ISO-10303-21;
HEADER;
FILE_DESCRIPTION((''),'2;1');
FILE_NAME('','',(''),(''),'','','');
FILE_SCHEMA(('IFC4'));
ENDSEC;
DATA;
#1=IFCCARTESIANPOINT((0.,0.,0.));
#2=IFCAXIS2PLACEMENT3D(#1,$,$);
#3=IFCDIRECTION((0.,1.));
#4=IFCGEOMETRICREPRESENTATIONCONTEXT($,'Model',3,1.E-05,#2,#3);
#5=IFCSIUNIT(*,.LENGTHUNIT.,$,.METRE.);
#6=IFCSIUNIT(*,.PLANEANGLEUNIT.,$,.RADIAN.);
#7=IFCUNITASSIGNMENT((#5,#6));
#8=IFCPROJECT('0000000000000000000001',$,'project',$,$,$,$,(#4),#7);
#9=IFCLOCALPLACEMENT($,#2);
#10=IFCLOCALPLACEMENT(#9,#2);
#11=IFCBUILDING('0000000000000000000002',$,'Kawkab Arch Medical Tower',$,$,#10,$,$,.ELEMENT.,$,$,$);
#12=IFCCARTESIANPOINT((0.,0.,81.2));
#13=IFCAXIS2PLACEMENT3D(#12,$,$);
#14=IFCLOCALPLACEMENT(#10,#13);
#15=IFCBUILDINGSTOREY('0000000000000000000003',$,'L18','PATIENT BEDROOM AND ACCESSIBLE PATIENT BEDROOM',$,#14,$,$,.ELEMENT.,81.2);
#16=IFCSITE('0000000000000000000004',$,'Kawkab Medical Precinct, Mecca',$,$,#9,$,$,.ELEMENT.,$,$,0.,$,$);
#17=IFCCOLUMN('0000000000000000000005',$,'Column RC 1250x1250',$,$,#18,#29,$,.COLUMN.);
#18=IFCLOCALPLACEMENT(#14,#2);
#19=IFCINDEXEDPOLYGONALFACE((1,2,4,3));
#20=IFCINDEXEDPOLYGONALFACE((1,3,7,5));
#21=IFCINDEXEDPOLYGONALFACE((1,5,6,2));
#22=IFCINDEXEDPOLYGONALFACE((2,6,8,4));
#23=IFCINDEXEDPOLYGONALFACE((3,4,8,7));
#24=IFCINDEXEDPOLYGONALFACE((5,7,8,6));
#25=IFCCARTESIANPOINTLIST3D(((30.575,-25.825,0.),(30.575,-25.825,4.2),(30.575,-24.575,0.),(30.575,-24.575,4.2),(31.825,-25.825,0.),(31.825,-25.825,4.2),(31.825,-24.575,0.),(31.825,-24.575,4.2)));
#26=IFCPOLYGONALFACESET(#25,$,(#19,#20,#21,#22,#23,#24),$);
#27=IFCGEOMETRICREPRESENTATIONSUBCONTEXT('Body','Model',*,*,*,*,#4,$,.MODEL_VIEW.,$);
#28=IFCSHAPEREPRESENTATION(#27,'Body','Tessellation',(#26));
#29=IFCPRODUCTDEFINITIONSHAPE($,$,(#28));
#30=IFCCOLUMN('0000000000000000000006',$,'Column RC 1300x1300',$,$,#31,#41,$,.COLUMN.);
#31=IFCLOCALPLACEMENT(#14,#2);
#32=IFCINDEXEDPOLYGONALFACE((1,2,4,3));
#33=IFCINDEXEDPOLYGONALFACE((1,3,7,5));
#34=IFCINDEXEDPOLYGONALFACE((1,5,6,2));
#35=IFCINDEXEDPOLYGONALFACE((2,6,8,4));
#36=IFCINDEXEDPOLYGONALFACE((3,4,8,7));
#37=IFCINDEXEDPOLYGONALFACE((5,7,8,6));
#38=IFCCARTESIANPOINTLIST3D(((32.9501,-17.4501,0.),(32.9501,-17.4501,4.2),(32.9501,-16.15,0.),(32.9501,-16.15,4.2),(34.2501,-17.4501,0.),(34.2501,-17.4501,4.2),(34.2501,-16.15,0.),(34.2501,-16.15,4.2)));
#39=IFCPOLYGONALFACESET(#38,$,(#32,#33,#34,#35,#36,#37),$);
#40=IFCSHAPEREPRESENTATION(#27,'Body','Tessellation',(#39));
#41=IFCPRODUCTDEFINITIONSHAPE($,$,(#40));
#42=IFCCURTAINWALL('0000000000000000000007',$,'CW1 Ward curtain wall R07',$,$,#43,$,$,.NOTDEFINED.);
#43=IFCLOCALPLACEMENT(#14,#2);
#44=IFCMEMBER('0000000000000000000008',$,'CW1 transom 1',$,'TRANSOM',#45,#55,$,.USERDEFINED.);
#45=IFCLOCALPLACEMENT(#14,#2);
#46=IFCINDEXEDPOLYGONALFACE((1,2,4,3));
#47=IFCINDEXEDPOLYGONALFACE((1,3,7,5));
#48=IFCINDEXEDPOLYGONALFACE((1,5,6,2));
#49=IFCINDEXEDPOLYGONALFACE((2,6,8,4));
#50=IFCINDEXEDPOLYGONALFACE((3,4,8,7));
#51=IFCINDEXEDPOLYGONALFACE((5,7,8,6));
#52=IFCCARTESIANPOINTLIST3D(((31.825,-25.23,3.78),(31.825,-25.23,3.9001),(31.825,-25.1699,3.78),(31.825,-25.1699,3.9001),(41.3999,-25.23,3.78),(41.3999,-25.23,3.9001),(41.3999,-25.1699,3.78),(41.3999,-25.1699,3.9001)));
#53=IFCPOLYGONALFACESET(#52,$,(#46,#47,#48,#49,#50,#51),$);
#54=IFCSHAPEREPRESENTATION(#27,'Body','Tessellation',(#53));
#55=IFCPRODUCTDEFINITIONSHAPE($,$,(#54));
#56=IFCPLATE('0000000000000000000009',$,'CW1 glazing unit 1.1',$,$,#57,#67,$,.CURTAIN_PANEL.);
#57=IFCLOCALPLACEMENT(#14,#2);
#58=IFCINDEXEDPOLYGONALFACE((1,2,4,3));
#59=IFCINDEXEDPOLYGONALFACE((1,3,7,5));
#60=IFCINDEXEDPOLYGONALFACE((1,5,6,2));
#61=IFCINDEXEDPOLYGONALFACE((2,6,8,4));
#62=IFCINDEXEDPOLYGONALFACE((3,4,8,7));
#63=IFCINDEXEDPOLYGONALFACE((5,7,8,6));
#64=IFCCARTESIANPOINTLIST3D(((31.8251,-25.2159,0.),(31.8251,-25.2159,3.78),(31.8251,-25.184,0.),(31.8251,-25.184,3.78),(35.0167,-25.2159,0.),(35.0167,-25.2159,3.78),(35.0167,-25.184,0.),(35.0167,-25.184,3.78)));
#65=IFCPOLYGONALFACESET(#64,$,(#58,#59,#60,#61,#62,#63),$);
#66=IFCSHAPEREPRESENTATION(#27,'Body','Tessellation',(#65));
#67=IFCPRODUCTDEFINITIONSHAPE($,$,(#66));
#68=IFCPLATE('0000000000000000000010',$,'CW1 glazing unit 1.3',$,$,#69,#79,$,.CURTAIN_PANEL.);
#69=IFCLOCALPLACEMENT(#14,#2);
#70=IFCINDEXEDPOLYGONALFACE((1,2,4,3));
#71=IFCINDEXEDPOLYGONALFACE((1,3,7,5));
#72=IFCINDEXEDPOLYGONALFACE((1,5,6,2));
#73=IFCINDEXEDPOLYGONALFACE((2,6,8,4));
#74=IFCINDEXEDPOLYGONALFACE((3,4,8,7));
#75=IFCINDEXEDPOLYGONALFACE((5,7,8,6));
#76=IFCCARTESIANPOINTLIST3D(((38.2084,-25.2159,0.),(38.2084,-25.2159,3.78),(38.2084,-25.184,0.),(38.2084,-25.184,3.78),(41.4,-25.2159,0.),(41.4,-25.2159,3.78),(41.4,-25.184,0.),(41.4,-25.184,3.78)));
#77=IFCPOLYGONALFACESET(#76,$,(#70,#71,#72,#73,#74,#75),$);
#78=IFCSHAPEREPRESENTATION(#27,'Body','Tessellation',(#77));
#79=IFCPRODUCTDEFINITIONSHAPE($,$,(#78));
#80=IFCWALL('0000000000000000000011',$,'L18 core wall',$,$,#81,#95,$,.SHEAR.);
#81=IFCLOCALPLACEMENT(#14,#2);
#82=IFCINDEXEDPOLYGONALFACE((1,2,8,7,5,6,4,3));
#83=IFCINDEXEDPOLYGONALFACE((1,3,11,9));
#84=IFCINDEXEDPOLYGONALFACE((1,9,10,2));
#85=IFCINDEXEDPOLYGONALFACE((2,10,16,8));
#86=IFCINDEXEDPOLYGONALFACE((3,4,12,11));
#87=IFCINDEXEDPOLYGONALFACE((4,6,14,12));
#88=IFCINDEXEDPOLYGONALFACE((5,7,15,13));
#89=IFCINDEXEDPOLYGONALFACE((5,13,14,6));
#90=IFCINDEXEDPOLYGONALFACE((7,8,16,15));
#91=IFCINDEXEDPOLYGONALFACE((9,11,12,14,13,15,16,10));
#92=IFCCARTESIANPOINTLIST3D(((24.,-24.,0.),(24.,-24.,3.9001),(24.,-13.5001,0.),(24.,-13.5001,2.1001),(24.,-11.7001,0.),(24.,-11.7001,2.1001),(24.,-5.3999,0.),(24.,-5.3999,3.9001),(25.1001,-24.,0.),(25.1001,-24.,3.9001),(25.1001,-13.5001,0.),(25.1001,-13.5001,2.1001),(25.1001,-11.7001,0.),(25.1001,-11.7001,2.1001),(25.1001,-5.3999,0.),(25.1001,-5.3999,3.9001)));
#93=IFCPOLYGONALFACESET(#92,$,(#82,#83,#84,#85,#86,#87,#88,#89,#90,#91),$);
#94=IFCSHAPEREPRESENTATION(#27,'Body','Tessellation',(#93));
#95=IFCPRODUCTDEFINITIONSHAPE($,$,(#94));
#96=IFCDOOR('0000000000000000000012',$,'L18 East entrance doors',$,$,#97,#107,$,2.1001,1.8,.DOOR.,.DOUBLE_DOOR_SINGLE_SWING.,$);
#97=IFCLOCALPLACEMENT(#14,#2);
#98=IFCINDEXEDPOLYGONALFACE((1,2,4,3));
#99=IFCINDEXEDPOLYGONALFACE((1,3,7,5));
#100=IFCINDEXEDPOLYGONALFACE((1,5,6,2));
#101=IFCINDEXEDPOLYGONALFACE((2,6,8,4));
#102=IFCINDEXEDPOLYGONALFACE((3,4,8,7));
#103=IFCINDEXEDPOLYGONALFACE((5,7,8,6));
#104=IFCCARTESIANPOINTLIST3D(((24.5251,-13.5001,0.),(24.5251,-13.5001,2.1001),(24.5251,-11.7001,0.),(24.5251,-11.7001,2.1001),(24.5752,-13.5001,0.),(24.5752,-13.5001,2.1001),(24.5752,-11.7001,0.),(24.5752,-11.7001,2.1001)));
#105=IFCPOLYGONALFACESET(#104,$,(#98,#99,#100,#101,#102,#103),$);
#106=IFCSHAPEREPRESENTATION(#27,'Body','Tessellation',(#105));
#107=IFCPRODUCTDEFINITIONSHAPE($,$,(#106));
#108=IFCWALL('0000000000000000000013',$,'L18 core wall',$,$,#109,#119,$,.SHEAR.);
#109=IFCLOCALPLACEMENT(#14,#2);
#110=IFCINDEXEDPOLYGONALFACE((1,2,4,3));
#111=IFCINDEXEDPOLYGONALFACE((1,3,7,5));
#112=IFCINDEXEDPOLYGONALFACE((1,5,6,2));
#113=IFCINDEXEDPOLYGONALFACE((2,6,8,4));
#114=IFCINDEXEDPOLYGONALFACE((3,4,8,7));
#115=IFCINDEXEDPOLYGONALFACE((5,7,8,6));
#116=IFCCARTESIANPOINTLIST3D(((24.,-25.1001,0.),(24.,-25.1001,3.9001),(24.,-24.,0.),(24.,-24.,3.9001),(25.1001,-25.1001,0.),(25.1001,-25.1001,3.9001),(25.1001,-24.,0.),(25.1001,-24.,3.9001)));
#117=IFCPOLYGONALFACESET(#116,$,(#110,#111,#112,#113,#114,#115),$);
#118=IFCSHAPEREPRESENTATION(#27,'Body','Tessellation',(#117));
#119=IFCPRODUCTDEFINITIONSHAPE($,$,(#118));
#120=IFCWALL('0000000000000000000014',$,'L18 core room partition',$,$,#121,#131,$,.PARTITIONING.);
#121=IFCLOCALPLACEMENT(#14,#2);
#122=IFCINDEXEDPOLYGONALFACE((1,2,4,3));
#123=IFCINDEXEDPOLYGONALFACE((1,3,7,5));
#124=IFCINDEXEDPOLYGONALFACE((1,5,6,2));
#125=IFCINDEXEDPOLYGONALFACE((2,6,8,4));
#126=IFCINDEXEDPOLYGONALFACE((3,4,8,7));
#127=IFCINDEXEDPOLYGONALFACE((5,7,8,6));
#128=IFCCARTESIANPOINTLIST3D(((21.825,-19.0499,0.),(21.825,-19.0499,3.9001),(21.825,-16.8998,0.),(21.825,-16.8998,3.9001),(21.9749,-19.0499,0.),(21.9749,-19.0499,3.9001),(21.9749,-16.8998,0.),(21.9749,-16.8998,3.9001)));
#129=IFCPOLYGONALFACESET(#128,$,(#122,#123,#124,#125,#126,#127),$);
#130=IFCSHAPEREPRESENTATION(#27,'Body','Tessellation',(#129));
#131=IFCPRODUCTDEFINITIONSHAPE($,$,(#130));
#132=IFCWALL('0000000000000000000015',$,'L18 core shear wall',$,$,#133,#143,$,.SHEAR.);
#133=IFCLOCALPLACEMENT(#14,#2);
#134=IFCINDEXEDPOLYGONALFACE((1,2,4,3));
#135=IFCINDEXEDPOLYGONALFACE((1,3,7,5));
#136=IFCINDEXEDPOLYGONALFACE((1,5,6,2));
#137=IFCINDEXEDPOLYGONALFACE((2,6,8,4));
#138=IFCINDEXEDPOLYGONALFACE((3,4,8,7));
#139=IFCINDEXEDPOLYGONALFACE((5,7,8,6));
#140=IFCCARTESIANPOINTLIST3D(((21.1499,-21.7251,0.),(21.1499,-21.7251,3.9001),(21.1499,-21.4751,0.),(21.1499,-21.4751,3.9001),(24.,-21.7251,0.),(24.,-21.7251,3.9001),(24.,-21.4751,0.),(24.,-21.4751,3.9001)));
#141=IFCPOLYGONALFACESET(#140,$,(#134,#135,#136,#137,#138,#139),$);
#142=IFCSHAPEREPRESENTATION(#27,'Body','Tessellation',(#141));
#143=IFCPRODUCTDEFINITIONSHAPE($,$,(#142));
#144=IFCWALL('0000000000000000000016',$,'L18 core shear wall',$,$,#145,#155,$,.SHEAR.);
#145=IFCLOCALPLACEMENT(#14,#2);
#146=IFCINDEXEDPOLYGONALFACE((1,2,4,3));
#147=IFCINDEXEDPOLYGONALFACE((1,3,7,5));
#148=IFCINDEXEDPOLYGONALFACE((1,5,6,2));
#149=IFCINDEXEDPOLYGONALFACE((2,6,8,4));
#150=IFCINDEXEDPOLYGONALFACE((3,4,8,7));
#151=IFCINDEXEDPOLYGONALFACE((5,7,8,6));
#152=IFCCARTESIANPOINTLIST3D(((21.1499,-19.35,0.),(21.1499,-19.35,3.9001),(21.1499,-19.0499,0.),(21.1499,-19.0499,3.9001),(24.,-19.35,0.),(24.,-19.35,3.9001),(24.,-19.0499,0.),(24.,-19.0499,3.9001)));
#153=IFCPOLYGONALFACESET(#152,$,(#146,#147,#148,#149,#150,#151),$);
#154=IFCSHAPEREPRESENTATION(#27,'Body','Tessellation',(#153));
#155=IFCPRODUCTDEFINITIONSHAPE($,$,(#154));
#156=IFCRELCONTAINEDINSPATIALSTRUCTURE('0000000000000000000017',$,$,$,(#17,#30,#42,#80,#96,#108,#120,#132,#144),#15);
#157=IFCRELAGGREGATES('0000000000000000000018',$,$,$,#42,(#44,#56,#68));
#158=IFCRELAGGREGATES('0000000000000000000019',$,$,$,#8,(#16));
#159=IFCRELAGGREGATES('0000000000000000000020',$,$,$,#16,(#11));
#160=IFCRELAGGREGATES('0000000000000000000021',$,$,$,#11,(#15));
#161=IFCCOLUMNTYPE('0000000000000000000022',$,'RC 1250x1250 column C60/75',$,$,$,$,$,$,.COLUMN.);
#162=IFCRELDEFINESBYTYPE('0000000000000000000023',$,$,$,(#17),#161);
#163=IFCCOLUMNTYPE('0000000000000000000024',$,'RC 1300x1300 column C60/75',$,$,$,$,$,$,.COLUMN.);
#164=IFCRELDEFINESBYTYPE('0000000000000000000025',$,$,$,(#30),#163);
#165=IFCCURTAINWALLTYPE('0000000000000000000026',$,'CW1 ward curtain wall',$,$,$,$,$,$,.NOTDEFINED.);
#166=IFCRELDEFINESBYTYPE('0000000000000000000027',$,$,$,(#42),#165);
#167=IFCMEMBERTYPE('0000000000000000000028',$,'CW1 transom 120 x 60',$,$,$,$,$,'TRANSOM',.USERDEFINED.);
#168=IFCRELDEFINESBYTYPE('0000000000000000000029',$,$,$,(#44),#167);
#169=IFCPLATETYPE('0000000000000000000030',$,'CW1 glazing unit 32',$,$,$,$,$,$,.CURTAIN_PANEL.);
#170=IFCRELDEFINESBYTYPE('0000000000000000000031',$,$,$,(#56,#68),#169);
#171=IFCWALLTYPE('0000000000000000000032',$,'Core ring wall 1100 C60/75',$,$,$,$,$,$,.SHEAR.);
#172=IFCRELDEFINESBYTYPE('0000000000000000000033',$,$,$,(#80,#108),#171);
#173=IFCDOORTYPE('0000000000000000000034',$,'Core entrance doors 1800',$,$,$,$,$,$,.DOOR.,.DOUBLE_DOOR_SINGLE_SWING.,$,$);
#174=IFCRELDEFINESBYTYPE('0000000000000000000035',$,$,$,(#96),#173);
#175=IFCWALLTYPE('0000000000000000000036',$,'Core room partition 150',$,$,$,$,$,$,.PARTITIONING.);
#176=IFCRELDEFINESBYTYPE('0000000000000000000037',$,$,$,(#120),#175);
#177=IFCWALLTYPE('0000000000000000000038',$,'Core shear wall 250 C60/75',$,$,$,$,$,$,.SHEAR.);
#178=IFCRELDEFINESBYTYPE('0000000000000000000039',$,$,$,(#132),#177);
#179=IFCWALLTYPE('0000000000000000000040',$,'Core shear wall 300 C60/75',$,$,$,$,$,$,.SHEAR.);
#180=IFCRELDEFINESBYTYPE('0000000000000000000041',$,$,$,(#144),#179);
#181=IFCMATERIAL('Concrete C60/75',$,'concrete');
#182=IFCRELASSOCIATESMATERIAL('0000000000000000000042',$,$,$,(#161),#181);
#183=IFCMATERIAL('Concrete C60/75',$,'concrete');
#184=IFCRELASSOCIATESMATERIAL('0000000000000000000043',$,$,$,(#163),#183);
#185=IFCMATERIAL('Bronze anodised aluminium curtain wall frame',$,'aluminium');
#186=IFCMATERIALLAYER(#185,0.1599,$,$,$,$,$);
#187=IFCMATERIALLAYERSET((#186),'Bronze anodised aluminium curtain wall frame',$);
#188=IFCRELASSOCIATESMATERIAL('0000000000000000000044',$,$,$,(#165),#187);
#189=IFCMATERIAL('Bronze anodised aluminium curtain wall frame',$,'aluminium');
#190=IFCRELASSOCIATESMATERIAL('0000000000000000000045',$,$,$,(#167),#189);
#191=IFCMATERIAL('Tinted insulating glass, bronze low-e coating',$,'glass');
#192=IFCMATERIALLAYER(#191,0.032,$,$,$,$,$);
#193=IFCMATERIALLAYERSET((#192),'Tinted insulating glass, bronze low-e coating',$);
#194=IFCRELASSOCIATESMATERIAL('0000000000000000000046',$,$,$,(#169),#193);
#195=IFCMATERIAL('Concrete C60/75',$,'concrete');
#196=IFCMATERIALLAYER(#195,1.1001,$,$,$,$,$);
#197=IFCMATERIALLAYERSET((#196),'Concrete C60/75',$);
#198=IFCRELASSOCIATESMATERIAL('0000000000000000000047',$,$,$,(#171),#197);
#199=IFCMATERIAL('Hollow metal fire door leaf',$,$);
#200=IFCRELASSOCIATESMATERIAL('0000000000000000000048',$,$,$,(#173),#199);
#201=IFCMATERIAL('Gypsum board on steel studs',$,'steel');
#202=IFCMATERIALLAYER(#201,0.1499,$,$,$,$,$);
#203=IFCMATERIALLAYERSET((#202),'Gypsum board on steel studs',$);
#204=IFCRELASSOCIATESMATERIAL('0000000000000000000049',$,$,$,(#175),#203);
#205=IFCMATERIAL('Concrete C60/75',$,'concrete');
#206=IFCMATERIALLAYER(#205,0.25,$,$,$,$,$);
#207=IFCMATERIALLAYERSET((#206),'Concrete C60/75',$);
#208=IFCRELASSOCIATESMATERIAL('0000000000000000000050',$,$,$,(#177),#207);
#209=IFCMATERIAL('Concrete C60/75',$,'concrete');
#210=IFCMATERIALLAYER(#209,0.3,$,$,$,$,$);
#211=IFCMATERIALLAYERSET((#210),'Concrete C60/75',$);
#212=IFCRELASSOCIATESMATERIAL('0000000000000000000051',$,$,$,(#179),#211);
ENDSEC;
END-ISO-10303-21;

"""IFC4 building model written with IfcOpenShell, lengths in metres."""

from ifc_helpers import new_model, si_unit, direction, frame, frame_2d, origin, origin_2d, place, context, subcontext, project, spatial, rectangle, extrude, material, layer, layer_set, material_profile, profile_set, type_object, element, fill, aggregate, save


model = new_model("IFC4")

# Units and contexts
model_context = context("Model", 3, precision=1e-05, world=origin(), true_north=direction((0.0, 1.0)))
body_context = subcontext(model_context, "Body", "Model", "MODEL_VIEW")
ifc_project = project(units=[si_unit("LENGTHUNIT", "METRE"), si_unit("PLANEANGLEUNIT", "RADIAN")], contexts=[model_context])

# Site, building, storey
site_placement = place(None, origin())
site = spatial("IfcSite", under=ifc_project, at=site_placement, Name="Kawkab Medical Precinct, Mecca", CompositionType="ELEMENT", RefElevation=0.0)
building_placement = place(site_placement, origin())
building = spatial("IfcBuilding", under=site, at=building_placement, Name="Kawkab Arch Medical Tower", CompositionType="ELEMENT")
storey_placement = place(building_placement, frame((0.0, 0.0, 81.2)))
storey = spatial("IfcBuildingStorey", under=building, at=storey_placement, Name="L18", Description="PATIENT BEDROOM AND ACCESSIBLE PATIENT BEDROOM", CompositionType="ELEMENT", Elevation=81.2)

# Columns
ifc_material_1 = material(Name="Concrete C60/75", Category="concrete")
ifc_material_profile_1 = material_profile(ifc_material_1, rectangle(XDim=1.25, YDim=1.25, at=origin_2d()), Name="RC 1250x1250")
ifc_profile_set_1 = profile_set([ifc_material_profile_1], Name="Concrete C60/75")
column_type_1 = type_object("IfcColumnType", Name="RC 1250x1250 column C60/75", PredefinedType="COLUMN", material=ifc_profile_set_1)
column_1_placement = place(storey_placement, frame((31.2, -25.2, 0.0), z_axis=(0.0, 0.0, 1.0), x_axis=(1.0, 0.0, 0.0)))
element("IfcColumn", 1, at=column_1_placement, inside=storey, type_object=column_type_1, Name="Column RC 1250x1250", PredefinedType="COLUMN", context=body_context, shape_type="SweptSolid", body=[
    extrude(rectangle(XDim=1.25, YDim=1.25, at=origin_2d()), origin(), (0.0, 0.0, 1.0), 4.2),
])
ifc_material_2 = material(Name="Concrete C60/75", Category="concrete")
ifc_material_profile_2 = material_profile(ifc_material_2, rectangle(XDim=1.3, YDim=1.3, at=origin_2d()), Name="RC 1300x1300")
ifc_profile_set_2 = profile_set([ifc_material_profile_2], Name="Concrete C60/75")
column_type_2 = type_object("IfcColumnType", Name="RC 1300x1300 column C60/75", PredefinedType="COLUMN", material=ifc_profile_set_2)
column_2_placement = place(storey_placement, frame((33.6001, -16.8, 0.0), z_axis=(0.0, 0.0, 1.0), x_axis=(1.0, 0.0, 0.0)))
element("IfcColumn", 2, at=column_2_placement, inside=storey, type_object=column_type_2, Name="Column RC 1300x1300", PredefinedType="COLUMN", context=body_context, shape_type="SweptSolid", body=[
    extrude(rectangle(XDim=1.3, YDim=1.3, at=origin_2d()), origin(), (0.0, 0.0, 1.0), 4.2),
])

# Curtain wall, member, plates
ifc_material_3 = material(Name="Bronze anodised aluminium curtain wall frame", Category="aluminium")
ifc_layer_1 = layer(ifc_material_3, 0.1599)
ifc_layer_set_1 = layer_set([ifc_layer_1], Name="Bronze anodised aluminium curtain wall frame")
curtain_wall_type = type_object("IfcCurtainWallType", Name="CW1 ward curtain wall", PredefinedType="NOTDEFINED", material=ifc_layer_set_1)
curtain_wall_placement = place(storey_placement, origin())
curtain_wall = element("IfcCurtainWall", 3, at=curtain_wall_placement, inside=storey, type_object=curtain_wall_type, Name="CW1 Ward curtain wall R07", PredefinedType="NOTDEFINED")
ifc_material_4 = material(Name="Bronze anodised aluminium curtain wall frame", Category="aluminium")
ifc_material_profile_3 = material_profile(ifc_material_4, rectangle(XDim=0.0601, YDim=0.1201, at=origin_2d()), Name="AL 60x120")
ifc_profile_set_3 = profile_set([ifc_material_profile_3], Name="Bronze anodised aluminium curtain wall frame")
member_type = type_object("IfcMemberType", Name="CW1 transom 120 x 60", ElementType="TRANSOM", PredefinedType="USERDEFINED", material=ifc_profile_set_3)
member_placement = place(storey_placement, frame((31.825, -25.2, 3.8401), z_axis=(1.0, 0.0, 0.0), x_axis=(0.0, 1.0, 0.0)))
member = element("IfcMember", 4, at=member_placement, type_object=member_type, Name="CW1 transom 1", ObjectType="TRANSOM", PredefinedType="USERDEFINED", context=body_context, shape_type="SweptSolid", body=[
    extrude(rectangle(XDim=0.0601, YDim=0.1201, at=origin_2d()), origin(), (0.0, 0.0, 1.0), 9.575),
])
ifc_material_5 = material(Name="Tinted insulating glass, bronze low-e coating", Category="glass")
ifc_layer_2 = layer(ifc_material_5, 0.032)
ifc_layer_set_2 = layer_set([ifc_layer_2], Name="Tinted insulating glass, bronze low-e coating")
plate_type = type_object("IfcPlateType", Name="CW1 glazing unit 32", PredefinedType="CURTAIN_PANEL", material=ifc_layer_set_2)
plate_1_placement = place(storey_placement, frame((33.4209, -25.2, 0.0), z_axis=(0.0, 0.0, 1.0), x_axis=(1.0, 0.0, 0.0)))
plate_1 = element("IfcPlate", 5, at=plate_1_placement, type_object=plate_type, Name="CW1 glazing unit 1.1", PredefinedType="CURTAIN_PANEL", context=body_context, shape_type="SweptSolid", body=[
    extrude(rectangle(XDim=3.1917, YDim=0.032, at=origin_2d()), origin(), (0.0, 0.0, 1.0), 3.78),
])
plate_2_placement = place(storey_placement, frame((39.8042, -25.2, 0.0), z_axis=(0.0, 0.0, 1.0), x_axis=(1.0, 0.0, 0.0)))
plate_2 = element("IfcPlate", 6, at=plate_2_placement, type_object=plate_type, Name="CW1 glazing unit 1.3", PredefinedType="CURTAIN_PANEL", context=body_context, shape_type="SweptSolid", body=[
    extrude(rectangle(XDim=3.1917, YDim=0.032, at=origin_2d()), origin(), (0.0, 0.0, 1.0), 3.78),
])
aggregate(curtain_wall, [member, plate_1, plate_2])

# Wall, opening, door
ifc_material_6 = material(Name="Concrete C60/75", Category="concrete")
ifc_layer_3 = layer(ifc_material_6, 1.1001)
ifc_layer_set_3 = layer_set([ifc_layer_3], Name="Concrete C60/75")
wall_type_1 = type_object("IfcWallType", Name="Core ring wall 1100 C60/75", PredefinedType="SHEAR", material=ifc_layer_set_3)
wall_1_placement = place(storey_placement, frame((24.55, -24.0, 0.0), z_axis=(0.0, 0.0, 1.0), x_axis=(0.0, 1.0, 0.0)))
wall_1 = element("IfcWall", 7, at=wall_1_placement, inside=storey, type_object=wall_type_1, Name="L18 core wall", PredefinedType="SHEAR", context=body_context, shape_type="SweptSolid", body=[
    extrude(rectangle(XDim=18.6001, YDim=1.1001, at=frame_2d((9.3, 0.0))), origin(), (0.0, 0.0, 1.0), 3.9001),
])
opening_1_placement = place(wall_1_placement, frame((10.5, 0.0, 0.0)))
opening_1 = element("IfcOpeningElement", 8, at=opening_1_placement, cuts=wall_1, PredefinedType="OPENING", context=body_context, shape_type="SweptSolid", body=[
    extrude(rectangle(XDim=1.8, YDim=2.1001, at=frame_2d((0.8999, 1.05))), frame((0.0, 0.5601, 0.0), z_axis=(0.0, -1.0, 0.0), x_axis=(1.0, 0.0, 0.0)), (0.0, 0.0, 1.0), 1.1201),
])
ifc_material_7 = material(Name="Hollow metal fire door leaf")
door_type_1 = type_object("IfcDoorType", Name="Core entrance doors 1800", OperationType="DOUBLE_DOOR_SINGLE_SWING", PredefinedType="DOOR", material=ifc_material_7)
door_1_placement = place(opening_1_placement, origin())
door_1 = element("IfcDoor", 9, at=door_1_placement, inside=storey, type_object=door_type_1, Name="L18 East entrance doors", OperationType="DOUBLE_DOOR_SINGLE_SWING", OverallHeight=2.1001, OverallWidth=1.8, PredefinedType="DOOR", context=body_context, shape_type="SweptSolid", body=[
    extrude(rectangle(XDim=1.8, YDim=2.1001, at=frame_2d((0.8999, 1.05))), frame((0.0, 0.0249, 0.0), z_axis=(0.0, -1.0, 0.0), x_axis=(1.0, 0.0, 0.0)), (0.0, 0.0, 1.0), 0.05),
])
fill(opening_1, door_1)

# Walls
wall_2_placement = place(storey_placement, frame((24.55, -25.1001, 0.0), z_axis=(0.0, 0.0, 1.0), x_axis=(0.0, 1.0, 0.0)))
element("IfcWall", 10, at=wall_2_placement, inside=storey, type_object=wall_type_1, Name="L18 core wall", PredefinedType="SHEAR", context=body_context, shape_type="SweptSolid", body=[
    extrude(rectangle(XDim=1.1001, YDim=1.1001, at=frame_2d((0.55, 0.0))), origin(), (0.0, 0.0, 1.0), 3.9001),
])
ifc_material_8 = material(Name="Gypsum board on steel studs", Category="steel")
ifc_layer_4 = layer(ifc_material_8, 0.1499)
ifc_layer_set_4 = layer_set([ifc_layer_4], Name="Gypsum board on steel studs")
wall_type_2 = type_object("IfcWallType", Name="Core room partition 150", PredefinedType="PARTITIONING", material=ifc_layer_set_4)
wall_3_placement = place(storey_placement, frame((21.8999, -19.05, 0.0), z_axis=(0.0, 0.0, 1.0), x_axis=(0.0, 1.0, 0.0)))
element("IfcWall", 11, at=wall_3_placement, inside=storey, type_object=wall_type_2, Name="L18 core room partition", PredefinedType="PARTITIONING", context=body_context, shape_type="SweptSolid", body=[
    extrude(rectangle(XDim=2.1501, YDim=0.1499, at=frame_2d((1.0752, 0.0))), origin(), (0.0, 0.0, 1.0), 3.9001),
])
ifc_material_9 = material(Name="Concrete C60/75", Category="concrete")
ifc_layer_5 = layer(ifc_material_9, 0.25)
ifc_layer_set_5 = layer_set([ifc_layer_5], Name="Concrete C60/75")
wall_type_3 = type_object("IfcWallType", Name="Core shear wall 250 C60/75", PredefinedType="SHEAR", material=ifc_layer_set_5)
wall_4_placement = place(storey_placement, frame((21.1499, -21.6001, 0.0), z_axis=(0.0, 0.0, 1.0), x_axis=(1.0, 0.0, 0.0)))
element("IfcWall", 12, at=wall_4_placement, inside=storey, type_object=wall_type_3, Name="L18 core shear wall", PredefinedType="SHEAR", context=body_context, shape_type="SweptSolid", body=[
    extrude(rectangle(XDim=2.8501, YDim=0.25, at=frame_2d((1.425, 0.0))), origin(), (0.0, 0.0, 1.0), 3.9001),
])
ifc_material_10 = material(Name="Concrete C60/75", Category="concrete")
ifc_layer_6 = layer(ifc_material_10, 0.3)
ifc_layer_set_6 = layer_set([ifc_layer_6], Name="Concrete C60/75")
wall_type_4 = type_object("IfcWallType", Name="Core shear wall 300 C60/75", PredefinedType="SHEAR", material=ifc_layer_set_6)
wall_5_placement = place(storey_placement, frame((21.1499, -19.2, 0.0), z_axis=(0.0, 0.0, 1.0), x_axis=(1.0, 0.0, 0.0)))
element("IfcWall", 13, at=wall_5_placement, inside=storey, type_object=wall_type_4, Name="L18 core shear wall", PredefinedType="SHEAR", context=body_context, shape_type="SweptSolid", body=[
    extrude(rectangle(XDim=2.8501, YDim=0.3, at=frame_2d((1.425, 0.0))), origin(), (0.0, 0.0, 1.0), 3.9001),
])

save(model, "model.ifc")
